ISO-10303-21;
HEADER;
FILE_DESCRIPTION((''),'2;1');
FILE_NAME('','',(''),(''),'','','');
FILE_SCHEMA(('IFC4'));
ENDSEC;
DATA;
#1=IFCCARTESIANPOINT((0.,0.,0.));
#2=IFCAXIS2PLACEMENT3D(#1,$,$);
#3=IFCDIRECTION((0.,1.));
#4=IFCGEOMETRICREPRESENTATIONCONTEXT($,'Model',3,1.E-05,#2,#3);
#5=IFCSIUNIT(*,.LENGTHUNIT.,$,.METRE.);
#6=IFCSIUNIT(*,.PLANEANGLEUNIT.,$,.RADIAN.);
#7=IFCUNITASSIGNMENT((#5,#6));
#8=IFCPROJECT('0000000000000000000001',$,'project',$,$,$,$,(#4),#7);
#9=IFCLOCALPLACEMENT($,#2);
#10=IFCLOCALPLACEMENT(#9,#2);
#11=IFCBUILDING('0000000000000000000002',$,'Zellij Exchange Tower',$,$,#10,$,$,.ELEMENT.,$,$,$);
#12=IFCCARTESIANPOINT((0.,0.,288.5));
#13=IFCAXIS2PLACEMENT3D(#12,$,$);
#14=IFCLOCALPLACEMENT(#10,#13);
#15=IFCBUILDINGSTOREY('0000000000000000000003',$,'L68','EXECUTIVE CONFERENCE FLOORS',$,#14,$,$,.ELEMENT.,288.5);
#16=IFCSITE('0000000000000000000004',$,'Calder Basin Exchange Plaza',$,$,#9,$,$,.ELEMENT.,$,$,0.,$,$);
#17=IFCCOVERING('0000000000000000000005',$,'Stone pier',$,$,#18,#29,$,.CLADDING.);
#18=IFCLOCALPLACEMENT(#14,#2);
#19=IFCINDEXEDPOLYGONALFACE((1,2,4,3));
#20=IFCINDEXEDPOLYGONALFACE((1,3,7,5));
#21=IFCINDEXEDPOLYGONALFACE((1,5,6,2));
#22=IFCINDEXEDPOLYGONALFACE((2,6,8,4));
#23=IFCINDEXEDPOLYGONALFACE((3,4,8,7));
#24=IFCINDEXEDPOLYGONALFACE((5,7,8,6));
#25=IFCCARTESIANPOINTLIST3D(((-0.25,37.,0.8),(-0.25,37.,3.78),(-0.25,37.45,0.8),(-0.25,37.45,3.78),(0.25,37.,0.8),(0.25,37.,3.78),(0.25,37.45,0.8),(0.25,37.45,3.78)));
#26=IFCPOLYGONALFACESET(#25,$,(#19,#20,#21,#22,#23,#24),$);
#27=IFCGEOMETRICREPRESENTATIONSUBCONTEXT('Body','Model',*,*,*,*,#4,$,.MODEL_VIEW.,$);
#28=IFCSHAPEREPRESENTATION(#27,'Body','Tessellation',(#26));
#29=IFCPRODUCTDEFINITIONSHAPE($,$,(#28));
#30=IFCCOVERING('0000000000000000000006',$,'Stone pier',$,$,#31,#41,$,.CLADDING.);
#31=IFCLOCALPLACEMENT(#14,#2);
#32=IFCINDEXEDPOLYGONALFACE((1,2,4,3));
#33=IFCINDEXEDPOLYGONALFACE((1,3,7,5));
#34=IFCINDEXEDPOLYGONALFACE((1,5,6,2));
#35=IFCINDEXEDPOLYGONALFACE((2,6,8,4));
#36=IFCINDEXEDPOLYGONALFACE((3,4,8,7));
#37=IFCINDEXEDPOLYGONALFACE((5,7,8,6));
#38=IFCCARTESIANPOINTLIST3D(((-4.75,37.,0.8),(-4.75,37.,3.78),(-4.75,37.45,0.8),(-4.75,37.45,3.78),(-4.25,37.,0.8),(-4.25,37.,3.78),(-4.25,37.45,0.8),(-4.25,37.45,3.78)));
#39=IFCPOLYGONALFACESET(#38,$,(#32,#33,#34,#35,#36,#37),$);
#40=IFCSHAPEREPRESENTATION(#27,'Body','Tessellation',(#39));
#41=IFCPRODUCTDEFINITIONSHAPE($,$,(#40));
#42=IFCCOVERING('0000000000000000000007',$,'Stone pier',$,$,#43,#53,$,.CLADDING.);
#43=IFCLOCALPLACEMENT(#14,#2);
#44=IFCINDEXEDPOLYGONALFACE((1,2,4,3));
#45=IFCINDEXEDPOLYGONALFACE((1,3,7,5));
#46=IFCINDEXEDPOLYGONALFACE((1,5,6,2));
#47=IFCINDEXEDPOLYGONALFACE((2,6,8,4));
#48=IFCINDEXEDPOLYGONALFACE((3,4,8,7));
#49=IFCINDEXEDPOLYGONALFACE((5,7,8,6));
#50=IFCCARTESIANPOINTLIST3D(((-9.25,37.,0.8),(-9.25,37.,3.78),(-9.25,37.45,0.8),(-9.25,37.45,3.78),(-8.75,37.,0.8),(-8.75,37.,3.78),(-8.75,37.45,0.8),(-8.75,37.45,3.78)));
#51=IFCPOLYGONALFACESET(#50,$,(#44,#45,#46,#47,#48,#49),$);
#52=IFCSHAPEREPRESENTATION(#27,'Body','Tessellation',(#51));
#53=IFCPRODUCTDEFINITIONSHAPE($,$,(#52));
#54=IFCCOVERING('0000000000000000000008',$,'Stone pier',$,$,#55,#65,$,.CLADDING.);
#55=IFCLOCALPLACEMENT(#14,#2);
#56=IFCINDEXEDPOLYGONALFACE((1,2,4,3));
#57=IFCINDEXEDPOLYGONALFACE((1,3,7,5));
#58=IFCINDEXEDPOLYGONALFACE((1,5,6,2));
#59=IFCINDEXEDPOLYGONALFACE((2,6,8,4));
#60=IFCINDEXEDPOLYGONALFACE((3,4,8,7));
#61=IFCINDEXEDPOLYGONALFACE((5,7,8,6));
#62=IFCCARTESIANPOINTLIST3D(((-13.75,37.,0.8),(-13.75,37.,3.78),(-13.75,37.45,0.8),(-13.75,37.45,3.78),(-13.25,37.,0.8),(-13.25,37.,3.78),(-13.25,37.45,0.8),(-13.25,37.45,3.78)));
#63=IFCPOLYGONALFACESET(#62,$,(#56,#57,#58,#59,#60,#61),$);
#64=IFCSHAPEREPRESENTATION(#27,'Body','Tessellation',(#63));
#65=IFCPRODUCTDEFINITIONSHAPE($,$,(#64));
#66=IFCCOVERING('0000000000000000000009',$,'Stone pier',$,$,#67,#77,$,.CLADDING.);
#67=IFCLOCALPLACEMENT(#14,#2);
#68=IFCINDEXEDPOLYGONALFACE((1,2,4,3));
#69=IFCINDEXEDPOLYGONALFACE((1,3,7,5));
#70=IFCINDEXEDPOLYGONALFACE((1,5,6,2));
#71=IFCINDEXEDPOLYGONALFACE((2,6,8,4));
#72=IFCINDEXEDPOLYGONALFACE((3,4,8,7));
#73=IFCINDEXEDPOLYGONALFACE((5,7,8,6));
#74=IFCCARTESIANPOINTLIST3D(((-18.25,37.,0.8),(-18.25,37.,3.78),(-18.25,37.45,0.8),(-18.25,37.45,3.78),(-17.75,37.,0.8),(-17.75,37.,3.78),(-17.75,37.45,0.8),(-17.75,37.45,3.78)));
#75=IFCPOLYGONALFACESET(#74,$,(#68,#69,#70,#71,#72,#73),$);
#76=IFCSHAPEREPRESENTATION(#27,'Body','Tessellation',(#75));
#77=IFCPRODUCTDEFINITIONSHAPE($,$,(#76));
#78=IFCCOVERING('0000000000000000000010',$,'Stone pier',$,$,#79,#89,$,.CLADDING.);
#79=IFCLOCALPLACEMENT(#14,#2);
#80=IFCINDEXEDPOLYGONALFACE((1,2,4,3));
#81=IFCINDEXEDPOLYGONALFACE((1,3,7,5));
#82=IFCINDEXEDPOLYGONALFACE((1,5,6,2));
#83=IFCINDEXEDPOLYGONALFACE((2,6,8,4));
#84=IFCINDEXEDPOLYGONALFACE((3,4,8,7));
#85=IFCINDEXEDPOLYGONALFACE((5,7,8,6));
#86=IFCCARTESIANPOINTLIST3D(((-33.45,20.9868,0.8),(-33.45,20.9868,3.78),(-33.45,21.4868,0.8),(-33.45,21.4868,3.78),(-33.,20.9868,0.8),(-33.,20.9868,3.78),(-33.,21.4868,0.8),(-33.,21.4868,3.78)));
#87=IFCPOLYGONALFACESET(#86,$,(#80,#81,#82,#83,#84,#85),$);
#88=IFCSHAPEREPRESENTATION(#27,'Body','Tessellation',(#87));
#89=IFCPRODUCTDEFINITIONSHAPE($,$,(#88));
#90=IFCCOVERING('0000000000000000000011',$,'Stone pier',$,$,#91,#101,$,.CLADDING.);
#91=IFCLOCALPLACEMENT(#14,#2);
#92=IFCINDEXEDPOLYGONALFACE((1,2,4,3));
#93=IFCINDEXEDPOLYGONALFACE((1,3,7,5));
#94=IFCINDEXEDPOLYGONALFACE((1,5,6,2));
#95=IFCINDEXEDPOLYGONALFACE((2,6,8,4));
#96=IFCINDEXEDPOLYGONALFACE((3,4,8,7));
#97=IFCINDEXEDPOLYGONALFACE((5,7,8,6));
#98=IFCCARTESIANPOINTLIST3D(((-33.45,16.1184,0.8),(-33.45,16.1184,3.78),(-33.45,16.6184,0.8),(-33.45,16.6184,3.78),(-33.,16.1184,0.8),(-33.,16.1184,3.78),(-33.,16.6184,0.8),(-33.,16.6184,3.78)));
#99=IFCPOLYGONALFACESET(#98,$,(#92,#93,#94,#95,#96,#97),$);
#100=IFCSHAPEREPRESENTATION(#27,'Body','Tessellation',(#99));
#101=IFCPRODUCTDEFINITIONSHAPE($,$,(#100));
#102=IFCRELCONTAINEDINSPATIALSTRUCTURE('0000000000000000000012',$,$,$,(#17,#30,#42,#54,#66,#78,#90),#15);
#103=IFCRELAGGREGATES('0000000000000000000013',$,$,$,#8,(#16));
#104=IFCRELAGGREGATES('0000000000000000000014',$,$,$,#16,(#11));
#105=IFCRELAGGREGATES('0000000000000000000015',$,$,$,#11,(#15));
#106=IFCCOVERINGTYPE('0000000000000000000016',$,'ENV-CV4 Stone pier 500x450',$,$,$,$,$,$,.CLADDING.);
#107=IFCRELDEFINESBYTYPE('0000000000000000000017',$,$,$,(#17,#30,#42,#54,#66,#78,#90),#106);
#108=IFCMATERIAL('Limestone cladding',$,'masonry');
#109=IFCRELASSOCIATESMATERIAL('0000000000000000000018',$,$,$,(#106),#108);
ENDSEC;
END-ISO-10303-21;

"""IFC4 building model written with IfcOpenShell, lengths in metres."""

from ifc_helpers import new_model, si_unit, direction, frame, origin, place, context, subcontext, project, spatial, polyline, outline, extrude, material, type_object, element, save


model = new_model("IFC4")

# Units and contexts
model_context = context("Model", 3, precision=1e-05, world=origin(), true_north=direction((0.0, 1.0)))
body_context = subcontext(model_context, "Body", "Model", "MODEL_VIEW")
ifc_project = project(units=[si_unit("LENGTHUNIT", "METRE"), si_unit("PLANEANGLEUNIT", "RADIAN")], contexts=[model_context])

# Site, building, storey
site_placement = place(None, origin())
site = spatial("IfcSite", under=ifc_project, at=site_placement, Name="Calder Basin Exchange Plaza", CompositionType="ELEMENT", RefElevation=0.0)
building_placement = place(site_placement, origin())
building = spatial("IfcBuilding", under=site, at=building_placement, Name="Zellij Exchange Tower", CompositionType="ELEMENT")
storey_placement = place(building_placement, frame((0.0, 0.0, 288.5)))
storey = spatial("IfcBuildingStorey", under=building, at=storey_placement, Name="L68", Description="EXECUTIVE CONFERENCE FLOORS", CompositionType="ELEMENT", Elevation=288.5)

# Coverings
ifc_material_1 = material(Name="Limestone cladding", Category="masonry")
covering_type_1 = type_object("IfcCoveringType", Name="ENV-CV4 Stone pier 500x450", PredefinedType="CLADDING", material=ifc_material_1)
covering_1_placement = place(storey_placement, frame((0.0, 0.0, 0.8)))
element("IfcCovering", 1, at=covering_1_placement, inside=storey, type_object=covering_type_1, Name="Stone pier", PredefinedType="CLADDING", context=body_context, shape_type="SweptSolid", body=[
    extrude(outline(polyline([(0.25, 37.0), (-0.25, 37.0), (-0.25, 37.45), (0.25, 37.45), (0.25, 37.0)])), origin(), (0.0, 0.0, 1.0), 2.98),
])
covering_2_placement = place(storey_placement, frame((0.0, 0.0, 0.8)))
element("IfcCovering", 2, at=covering_2_placement, inside=storey, type_object=covering_type_1, Name="Stone pier", PredefinedType="CLADDING", context=body_context, shape_type="SweptSolid", body=[
    extrude(outline(polyline([(-4.25, 37.0), (-4.75, 37.0), (-4.75, 37.45), (-4.25, 37.45), (-4.25, 37.0)])), origin(), (0.0, 0.0, 1.0), 2.98),
])
covering_3_placement = place(storey_placement, frame((0.0, 0.0, 0.8)))
element("IfcCovering", 3, at=covering_3_placement, inside=storey, type_object=covering_type_1, Name="Stone pier", PredefinedType="CLADDING", context=body_context, shape_type="SweptSolid", body=[
    extrude(outline(polyline([(-8.75, 37.0), (-9.25, 37.0), (-9.25, 37.45), (-8.75, 37.45), (-8.75, 37.0)])), origin(), (0.0, 0.0, 1.0), 2.98),
])
covering_4_placement = place(storey_placement, frame((0.0, 0.0, 0.8)))
element("IfcCovering", 4, at=covering_4_placement, inside=storey, type_object=covering_type_1, Name="Stone pier", PredefinedType="CLADDING", context=body_context, shape_type="SweptSolid", body=[
    extrude(outline(polyline([(-13.25, 37.0), (-13.75, 37.0), (-13.75, 37.45), (-13.25, 37.45), (-13.25, 37.0)])), origin(), (0.0, 0.0, 1.0), 2.98),
])
covering_5_placement = place(storey_placement, frame((0.0, 0.0, 0.8)))
element("IfcCovering", 5, at=covering_5_placement, inside=storey, type_object=covering_type_1, Name="Stone pier", PredefinedType="CLADDING", context=body_context, shape_type="SweptSolid", body=[
    extrude(outline(polyline([(-17.75, 37.0), (-18.25, 37.0), (-18.25, 37.45), (-17.75, 37.45), (-17.75, 37.0)])), origin(), (0.0, 0.0, 1.0), 2.98),
])
covering_6_placement = place(storey_placement, frame((0.0, 0.0, 0.8)))
element("IfcCovering", 6, at=covering_6_placement, inside=storey, type_object=covering_type_1, Name="Stone pier", PredefinedType="CLADDING", context=body_context, shape_type="SweptSolid", body=[
    extrude(outline(polyline([(-33.0, 21.4868), (-33.0, 20.9868), (-33.45, 20.9868), (-33.45, 21.4868), (-33.0, 21.4868)])), origin(), (0.0, 0.0, 1.0), 2.98),
])
covering_7_placement = place(storey_placement, frame((0.0, 0.0, 0.8)))
element("IfcCovering", 7, at=covering_7_placement, inside=storey, type_object=covering_type_1, Name="Stone pier", PredefinedType="CLADDING", context=body_context, shape_type="SweptSolid", body=[
    extrude(outline(polyline([(-33.0, 16.6184), (-33.0, 16.1184), (-33.45, 16.1184), (-33.45, 16.6184), (-33.0, 16.6184)])), origin(), (0.0, 0.0, 1.0), 2.98),
])

save(model, "model.ifc")
